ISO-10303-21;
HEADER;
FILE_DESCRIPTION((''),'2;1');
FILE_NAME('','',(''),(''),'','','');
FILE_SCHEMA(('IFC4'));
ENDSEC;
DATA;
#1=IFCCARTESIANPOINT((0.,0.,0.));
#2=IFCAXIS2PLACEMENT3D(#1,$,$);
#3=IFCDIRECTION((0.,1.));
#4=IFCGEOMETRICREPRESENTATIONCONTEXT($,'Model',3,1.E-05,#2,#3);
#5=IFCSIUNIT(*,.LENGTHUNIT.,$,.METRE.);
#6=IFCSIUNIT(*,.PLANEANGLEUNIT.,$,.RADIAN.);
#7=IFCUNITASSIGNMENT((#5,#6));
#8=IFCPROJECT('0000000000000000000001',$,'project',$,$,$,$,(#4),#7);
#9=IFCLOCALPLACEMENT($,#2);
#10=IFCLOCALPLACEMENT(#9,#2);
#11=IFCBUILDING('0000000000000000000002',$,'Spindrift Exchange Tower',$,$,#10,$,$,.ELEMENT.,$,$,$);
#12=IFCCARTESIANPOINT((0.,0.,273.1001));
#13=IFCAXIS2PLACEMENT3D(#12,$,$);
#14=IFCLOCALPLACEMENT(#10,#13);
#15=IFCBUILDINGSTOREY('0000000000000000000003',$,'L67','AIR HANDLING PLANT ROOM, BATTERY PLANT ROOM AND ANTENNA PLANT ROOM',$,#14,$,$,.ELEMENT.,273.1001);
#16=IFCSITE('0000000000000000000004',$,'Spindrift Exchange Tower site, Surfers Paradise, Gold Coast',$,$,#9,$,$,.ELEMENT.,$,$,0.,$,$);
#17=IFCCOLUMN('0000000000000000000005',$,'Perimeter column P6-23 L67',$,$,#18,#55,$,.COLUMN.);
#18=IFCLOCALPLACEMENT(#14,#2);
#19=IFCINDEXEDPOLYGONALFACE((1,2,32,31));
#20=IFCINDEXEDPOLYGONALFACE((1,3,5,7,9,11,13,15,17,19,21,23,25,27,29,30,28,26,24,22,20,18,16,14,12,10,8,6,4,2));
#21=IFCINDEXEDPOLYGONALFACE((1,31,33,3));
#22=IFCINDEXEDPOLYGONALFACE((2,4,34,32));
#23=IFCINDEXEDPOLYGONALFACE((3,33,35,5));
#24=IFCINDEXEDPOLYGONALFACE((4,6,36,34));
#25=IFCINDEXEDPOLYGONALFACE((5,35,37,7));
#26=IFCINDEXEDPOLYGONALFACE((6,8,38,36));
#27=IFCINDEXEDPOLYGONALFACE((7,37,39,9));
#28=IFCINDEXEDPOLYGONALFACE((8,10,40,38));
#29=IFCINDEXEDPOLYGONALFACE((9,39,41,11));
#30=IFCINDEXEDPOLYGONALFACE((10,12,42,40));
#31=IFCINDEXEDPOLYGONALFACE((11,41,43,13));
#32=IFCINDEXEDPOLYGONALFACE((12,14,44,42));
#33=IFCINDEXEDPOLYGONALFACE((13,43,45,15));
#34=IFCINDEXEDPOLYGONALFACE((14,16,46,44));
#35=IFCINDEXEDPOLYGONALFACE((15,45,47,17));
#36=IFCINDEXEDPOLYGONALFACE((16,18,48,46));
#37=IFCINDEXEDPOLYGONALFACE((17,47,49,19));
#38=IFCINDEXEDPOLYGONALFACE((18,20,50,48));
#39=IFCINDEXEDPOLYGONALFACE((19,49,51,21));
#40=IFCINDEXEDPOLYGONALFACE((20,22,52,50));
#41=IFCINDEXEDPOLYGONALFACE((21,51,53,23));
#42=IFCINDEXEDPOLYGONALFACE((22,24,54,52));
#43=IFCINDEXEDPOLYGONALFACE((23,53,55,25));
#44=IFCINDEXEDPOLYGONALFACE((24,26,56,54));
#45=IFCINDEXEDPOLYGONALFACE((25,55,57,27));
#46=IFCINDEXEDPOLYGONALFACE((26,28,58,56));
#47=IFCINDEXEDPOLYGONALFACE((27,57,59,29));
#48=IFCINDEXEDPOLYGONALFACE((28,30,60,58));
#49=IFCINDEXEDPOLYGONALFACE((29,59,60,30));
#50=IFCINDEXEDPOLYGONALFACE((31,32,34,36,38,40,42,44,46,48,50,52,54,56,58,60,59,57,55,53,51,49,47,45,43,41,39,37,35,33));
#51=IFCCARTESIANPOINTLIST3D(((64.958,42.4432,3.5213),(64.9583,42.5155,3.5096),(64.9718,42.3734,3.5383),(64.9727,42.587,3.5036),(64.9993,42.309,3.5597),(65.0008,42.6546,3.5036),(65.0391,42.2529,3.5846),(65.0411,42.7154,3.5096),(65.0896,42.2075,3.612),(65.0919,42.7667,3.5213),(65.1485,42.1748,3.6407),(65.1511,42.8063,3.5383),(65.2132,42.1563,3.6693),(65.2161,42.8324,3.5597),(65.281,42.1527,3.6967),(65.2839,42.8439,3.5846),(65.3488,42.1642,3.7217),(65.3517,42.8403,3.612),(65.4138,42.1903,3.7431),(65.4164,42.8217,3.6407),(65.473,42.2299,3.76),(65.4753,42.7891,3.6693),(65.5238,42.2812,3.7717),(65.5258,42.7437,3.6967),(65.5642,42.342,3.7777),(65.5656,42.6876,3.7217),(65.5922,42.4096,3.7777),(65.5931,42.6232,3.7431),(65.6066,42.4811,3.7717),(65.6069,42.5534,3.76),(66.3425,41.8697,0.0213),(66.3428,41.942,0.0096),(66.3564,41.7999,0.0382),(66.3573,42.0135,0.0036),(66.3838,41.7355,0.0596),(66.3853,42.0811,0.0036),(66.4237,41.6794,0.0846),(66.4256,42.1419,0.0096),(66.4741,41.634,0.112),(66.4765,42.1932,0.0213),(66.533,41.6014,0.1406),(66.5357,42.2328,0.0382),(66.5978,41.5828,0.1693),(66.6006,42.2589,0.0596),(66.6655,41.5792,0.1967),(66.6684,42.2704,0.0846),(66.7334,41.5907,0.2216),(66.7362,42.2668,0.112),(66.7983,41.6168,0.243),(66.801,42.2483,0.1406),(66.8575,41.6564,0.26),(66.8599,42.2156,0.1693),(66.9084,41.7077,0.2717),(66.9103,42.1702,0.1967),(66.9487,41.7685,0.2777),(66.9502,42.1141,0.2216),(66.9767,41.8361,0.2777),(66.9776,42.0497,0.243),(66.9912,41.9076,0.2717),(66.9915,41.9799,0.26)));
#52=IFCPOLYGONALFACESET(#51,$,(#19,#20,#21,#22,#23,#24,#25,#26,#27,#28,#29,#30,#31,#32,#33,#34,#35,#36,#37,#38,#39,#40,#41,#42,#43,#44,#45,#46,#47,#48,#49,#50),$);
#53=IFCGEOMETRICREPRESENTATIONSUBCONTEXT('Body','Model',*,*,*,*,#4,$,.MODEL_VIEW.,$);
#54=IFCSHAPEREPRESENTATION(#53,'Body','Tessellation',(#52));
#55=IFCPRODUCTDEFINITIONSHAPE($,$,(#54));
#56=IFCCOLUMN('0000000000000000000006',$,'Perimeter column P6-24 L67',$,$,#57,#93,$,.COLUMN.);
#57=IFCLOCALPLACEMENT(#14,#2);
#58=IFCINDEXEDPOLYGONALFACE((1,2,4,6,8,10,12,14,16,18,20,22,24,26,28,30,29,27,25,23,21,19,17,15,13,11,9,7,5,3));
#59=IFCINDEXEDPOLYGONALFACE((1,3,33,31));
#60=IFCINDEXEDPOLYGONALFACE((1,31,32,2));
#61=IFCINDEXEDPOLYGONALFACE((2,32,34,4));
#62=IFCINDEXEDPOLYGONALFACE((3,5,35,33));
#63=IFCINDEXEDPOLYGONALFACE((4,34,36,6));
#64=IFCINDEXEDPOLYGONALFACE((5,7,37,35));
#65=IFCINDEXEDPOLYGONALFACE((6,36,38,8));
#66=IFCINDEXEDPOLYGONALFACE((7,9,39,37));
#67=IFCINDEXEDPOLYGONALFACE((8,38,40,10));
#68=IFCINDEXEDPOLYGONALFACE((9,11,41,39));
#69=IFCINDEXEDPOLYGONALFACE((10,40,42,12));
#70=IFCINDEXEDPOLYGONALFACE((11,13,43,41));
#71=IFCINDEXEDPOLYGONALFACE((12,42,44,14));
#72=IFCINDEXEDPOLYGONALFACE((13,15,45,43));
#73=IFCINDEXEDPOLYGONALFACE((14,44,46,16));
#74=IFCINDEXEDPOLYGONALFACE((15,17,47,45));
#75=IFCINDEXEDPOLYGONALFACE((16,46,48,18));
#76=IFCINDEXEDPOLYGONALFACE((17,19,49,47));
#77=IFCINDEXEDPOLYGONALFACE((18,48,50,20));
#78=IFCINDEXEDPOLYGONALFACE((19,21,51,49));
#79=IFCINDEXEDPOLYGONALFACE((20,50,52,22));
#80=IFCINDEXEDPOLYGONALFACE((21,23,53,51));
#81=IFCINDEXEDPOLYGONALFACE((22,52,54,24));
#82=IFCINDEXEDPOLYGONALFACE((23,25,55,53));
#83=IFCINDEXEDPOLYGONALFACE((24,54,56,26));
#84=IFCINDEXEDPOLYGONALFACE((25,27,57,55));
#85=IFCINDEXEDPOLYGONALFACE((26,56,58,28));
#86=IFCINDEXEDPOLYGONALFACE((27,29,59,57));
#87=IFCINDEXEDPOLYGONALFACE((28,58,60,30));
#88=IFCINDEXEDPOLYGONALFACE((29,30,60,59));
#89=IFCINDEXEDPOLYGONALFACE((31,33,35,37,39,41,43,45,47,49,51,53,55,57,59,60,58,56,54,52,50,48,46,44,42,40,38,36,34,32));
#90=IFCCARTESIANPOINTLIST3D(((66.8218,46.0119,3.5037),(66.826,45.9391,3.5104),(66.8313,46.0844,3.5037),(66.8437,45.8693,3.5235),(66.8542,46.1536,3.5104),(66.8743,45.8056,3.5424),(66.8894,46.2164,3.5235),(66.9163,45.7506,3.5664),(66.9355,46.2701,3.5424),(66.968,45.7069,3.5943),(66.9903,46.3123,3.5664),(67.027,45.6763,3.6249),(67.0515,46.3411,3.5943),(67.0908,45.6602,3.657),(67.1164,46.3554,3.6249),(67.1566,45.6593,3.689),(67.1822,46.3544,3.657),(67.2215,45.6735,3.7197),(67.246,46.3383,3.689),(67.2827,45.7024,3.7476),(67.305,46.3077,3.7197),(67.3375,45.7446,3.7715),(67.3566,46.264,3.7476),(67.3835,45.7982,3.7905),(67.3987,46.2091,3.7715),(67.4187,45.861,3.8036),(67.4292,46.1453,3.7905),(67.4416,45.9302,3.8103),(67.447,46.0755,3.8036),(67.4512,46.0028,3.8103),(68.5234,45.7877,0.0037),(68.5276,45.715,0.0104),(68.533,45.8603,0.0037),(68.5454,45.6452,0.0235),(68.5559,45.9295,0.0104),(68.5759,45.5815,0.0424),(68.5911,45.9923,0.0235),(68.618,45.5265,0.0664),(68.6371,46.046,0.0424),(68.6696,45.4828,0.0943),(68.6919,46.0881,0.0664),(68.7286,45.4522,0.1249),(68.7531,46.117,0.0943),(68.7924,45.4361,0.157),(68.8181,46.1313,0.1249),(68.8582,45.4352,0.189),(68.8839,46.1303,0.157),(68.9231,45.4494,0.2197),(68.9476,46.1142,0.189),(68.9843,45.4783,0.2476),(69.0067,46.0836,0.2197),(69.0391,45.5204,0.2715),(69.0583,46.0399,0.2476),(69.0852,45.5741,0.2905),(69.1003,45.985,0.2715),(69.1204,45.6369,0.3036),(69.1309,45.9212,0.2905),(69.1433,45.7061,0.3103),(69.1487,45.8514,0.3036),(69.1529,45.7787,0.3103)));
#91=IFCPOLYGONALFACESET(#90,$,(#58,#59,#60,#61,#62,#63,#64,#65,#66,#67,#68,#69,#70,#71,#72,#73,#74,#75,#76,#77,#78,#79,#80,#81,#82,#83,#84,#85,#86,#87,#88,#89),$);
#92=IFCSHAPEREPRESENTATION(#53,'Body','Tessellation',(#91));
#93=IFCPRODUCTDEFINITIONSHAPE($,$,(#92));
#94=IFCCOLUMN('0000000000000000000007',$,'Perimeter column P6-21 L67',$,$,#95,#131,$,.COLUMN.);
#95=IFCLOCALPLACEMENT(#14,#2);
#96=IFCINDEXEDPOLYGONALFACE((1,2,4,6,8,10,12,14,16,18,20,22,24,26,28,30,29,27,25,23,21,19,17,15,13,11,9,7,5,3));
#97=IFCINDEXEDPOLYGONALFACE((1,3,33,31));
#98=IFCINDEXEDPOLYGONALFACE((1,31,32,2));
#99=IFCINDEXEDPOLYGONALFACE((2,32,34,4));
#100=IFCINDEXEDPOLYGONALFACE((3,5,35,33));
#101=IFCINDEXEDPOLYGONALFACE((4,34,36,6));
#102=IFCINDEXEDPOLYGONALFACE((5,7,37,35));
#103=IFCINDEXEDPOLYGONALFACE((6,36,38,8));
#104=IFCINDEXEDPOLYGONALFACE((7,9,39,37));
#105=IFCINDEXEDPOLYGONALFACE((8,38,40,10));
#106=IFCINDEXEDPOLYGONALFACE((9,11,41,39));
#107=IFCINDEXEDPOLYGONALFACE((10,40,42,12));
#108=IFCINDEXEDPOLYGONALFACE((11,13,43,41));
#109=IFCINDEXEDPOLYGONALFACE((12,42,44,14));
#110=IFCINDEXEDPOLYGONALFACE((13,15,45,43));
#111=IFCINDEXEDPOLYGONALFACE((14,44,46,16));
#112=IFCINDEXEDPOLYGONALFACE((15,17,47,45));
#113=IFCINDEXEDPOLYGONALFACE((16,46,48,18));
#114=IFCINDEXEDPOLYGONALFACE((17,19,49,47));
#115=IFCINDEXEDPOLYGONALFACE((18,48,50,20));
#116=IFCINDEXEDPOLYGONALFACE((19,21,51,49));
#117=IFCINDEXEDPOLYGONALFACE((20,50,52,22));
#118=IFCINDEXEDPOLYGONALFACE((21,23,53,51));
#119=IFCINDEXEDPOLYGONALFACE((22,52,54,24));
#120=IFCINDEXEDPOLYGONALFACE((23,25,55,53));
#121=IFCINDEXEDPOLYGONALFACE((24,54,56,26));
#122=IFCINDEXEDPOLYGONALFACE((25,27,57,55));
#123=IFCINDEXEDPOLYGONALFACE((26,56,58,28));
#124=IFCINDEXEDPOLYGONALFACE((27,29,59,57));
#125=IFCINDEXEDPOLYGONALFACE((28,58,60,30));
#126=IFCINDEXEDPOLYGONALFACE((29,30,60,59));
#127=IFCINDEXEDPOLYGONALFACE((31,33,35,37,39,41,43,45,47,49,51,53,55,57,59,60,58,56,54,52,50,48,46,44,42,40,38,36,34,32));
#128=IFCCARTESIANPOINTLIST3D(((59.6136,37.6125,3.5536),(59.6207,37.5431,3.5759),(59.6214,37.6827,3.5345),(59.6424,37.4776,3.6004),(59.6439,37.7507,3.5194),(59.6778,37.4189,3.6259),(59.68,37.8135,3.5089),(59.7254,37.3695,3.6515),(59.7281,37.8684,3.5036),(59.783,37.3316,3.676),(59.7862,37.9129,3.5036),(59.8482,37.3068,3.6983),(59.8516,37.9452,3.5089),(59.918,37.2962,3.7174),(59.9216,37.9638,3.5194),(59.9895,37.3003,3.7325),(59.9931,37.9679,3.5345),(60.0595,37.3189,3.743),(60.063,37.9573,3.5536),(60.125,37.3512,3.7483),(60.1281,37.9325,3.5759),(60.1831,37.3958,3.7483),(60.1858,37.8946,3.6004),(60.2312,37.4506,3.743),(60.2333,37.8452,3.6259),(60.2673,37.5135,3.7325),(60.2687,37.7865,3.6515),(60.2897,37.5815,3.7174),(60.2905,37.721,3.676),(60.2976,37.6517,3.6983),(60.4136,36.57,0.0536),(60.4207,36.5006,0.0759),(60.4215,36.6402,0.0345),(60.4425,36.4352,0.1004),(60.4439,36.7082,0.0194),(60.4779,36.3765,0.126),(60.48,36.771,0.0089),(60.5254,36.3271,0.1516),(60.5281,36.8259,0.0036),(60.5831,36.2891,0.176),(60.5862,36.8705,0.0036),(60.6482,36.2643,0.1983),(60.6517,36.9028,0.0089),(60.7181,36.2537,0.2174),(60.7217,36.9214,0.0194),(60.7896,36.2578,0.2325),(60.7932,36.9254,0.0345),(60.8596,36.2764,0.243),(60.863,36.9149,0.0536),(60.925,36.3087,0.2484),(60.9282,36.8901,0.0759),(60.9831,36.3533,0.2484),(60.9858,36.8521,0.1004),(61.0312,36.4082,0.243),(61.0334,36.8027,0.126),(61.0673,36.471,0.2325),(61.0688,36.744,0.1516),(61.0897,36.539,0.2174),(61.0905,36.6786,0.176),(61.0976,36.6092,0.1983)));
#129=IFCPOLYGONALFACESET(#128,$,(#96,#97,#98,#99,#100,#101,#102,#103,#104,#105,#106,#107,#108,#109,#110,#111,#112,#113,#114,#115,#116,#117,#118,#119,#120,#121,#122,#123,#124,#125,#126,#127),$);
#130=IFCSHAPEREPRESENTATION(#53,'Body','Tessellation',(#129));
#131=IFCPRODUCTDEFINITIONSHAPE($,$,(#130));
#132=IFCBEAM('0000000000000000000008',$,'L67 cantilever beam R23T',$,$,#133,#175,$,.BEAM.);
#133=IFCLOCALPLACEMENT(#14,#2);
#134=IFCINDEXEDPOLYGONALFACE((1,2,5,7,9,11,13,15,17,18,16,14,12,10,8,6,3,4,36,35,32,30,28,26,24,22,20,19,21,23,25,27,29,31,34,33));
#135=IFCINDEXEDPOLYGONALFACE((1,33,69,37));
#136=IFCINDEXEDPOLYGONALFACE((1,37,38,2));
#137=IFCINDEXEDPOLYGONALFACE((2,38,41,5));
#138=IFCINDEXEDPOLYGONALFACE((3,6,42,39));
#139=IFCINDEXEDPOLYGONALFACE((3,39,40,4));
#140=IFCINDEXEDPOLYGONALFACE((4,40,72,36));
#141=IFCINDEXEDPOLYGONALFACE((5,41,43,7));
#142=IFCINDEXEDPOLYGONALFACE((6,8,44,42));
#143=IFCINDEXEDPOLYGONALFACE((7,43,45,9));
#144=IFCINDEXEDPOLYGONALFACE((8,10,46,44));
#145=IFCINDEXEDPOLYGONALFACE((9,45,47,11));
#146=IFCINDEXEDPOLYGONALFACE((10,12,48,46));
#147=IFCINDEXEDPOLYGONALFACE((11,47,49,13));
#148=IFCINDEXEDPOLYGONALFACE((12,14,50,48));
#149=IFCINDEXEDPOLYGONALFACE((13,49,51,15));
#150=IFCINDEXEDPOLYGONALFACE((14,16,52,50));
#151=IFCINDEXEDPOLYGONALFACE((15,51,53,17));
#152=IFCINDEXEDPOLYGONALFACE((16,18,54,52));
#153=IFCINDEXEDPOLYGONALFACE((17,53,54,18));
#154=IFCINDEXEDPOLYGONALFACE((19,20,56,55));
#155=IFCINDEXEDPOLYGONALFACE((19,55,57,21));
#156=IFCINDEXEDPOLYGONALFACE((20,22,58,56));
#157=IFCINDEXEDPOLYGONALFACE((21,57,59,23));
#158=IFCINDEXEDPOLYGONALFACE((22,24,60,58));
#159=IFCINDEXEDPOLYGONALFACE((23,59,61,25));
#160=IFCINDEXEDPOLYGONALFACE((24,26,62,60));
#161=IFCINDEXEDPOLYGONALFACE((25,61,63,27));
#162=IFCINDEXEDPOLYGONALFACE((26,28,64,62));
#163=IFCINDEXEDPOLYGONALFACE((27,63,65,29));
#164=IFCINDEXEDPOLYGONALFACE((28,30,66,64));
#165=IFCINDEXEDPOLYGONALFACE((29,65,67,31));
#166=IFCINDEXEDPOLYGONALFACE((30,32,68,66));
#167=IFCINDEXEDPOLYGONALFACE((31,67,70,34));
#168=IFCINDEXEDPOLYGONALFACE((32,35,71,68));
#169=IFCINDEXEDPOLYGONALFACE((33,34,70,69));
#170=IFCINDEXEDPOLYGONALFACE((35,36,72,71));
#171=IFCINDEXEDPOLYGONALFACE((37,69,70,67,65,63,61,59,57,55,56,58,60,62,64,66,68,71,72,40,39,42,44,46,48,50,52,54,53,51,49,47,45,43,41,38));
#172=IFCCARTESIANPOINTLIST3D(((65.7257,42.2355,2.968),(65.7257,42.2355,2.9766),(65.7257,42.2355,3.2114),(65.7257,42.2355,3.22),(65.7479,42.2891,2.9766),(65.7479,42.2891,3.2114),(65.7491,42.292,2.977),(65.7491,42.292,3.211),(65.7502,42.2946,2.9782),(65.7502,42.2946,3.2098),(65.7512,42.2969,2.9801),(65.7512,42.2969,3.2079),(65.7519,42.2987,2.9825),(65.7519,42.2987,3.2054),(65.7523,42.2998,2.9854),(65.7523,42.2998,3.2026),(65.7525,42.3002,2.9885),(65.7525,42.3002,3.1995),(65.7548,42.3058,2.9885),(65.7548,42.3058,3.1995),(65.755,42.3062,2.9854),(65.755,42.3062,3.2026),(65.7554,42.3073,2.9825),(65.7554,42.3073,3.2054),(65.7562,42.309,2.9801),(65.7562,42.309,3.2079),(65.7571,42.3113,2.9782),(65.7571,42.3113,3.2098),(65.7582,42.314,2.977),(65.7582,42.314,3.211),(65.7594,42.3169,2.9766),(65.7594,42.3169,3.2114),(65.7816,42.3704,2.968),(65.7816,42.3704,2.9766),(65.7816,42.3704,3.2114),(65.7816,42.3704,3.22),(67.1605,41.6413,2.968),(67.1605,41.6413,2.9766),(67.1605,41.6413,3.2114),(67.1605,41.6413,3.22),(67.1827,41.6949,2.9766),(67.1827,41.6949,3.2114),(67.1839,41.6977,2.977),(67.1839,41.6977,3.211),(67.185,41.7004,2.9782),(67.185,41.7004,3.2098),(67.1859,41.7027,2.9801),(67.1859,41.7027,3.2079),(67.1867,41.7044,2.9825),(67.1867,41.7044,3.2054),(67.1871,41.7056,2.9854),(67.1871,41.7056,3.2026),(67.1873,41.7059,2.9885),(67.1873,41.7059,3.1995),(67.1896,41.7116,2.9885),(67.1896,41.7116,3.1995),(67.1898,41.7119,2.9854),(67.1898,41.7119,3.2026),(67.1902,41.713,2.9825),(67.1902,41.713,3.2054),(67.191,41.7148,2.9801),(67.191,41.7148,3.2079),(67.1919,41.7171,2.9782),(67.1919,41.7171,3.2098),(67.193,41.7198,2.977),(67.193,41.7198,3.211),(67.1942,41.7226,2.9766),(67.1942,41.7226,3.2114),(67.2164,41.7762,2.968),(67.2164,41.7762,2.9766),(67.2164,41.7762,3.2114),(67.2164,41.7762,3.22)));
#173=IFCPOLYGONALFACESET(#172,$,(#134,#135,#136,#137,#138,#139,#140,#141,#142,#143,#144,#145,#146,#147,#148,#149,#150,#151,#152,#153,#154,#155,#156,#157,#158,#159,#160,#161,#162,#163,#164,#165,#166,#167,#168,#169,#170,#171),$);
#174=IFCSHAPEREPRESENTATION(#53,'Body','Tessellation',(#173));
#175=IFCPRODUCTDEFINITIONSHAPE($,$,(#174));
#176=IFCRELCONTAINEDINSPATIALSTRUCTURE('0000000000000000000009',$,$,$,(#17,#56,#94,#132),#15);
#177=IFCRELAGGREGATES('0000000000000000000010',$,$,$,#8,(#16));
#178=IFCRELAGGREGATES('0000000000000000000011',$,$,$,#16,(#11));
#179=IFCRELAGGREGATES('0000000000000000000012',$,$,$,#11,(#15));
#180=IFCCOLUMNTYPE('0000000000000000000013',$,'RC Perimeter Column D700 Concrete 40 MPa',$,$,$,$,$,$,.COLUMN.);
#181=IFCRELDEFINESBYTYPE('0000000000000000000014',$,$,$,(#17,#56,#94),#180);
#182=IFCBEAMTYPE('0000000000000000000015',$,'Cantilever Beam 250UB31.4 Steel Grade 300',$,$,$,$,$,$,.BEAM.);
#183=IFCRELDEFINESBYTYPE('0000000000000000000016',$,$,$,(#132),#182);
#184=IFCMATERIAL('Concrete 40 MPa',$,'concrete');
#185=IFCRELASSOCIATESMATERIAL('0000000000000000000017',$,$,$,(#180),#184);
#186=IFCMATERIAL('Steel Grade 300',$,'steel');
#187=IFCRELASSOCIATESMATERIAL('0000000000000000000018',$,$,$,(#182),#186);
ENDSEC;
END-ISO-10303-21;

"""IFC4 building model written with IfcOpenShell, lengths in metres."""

from ifc_helpers import new_model, si_unit, direction, frame, origin, origin_2d, place, context, subcontext, project, spatial, circle, i_section, extrude, source, transform, mapped, material, material_profile, profile_set, type_object, element, save


model = new_model("IFC4")

# Units and contexts
model_context = context("Model", 3, precision=1e-05, world=origin(), true_north=direction((0.0, 1.0)))
body_context = subcontext(model_context, "Body", "Model", "MODEL_VIEW")
ifc_project = project(units=[si_unit("LENGTHUNIT", "METRE"), si_unit("PLANEANGLEUNIT", "RADIAN")], contexts=[model_context])

# Site, building, storey
site_placement = place(None, origin())
site = spatial("IfcSite", under=ifc_project, at=site_placement, Name="Spindrift Exchange Tower site, Surfers Paradise, Gold Coast", CompositionType="ELEMENT", RefElevation=0.0)
building_placement = place(site_placement, origin())
building = spatial("IfcBuilding", under=site, at=building_placement, Name="Spindrift Exchange Tower", CompositionType="ELEMENT")
storey_placement = place(building_placement, frame((0.0, 0.0, 273.1001)))
storey = spatial("IfcBuildingStorey", under=building, at=storey_placement, Name="L67", Description="AIR HANDLING PLANT ROOM, BATTERY PLANT ROOM AND ANTENNA PLANT ROOM", CompositionType="ELEMENT", Elevation=273.1001)

# Columns
ifc_material_1 = material(Name="Concrete 40 MPa", Category="concrete")
ifc_material_profile_1 = material_profile(ifc_material_1, circle(Radius=0.3501, at=origin_2d()), Name="RC D700")
ifc_profile_set_1 = profile_set([ifc_material_profile_1], Name="Concrete 40 MPa")
column_type = type_object("IfcColumnType", Name="RC Perimeter Column D700 Concrete 40 MPa", PredefinedType="COLUMN", material=ifc_profile_set_1)
shared_shape_1 = source(origin(), body_context, "Body", "SweptSolid", [
    extrude(circle(Radius=0.3501, at=origin_2d()), origin(), (0.0, 0.0, 1.0), 3.8074),
])
column_1_placement = place(storey_placement, frame((66.667, 41.9248, 0.1406), z_axis=(-0.363646, 0.150627, 0.919279), x_axis=(-0.382683, -0.92388, 0.0)))
element("IfcColumn", 1, at=column_1_placement, inside=storey, type_object=column_type, Name="Perimeter column P6-23 L67", PredefinedType="COLUMN", context=body_context, shape_type="MappedRepresentation", body=[
    mapped(shared_shape_1, transform((0.0, 0.0, 0.0), scale=1.0)),
])
shared_shape_2 = source(origin(), body_context, "Body", "SweptSolid", [
    extrude(circle(Radius=0.3501, at=origin_2d()), origin(), (0.0, 0.0, 1.0), 3.8982),
])
column_2_placement = place(storey_placement, frame((68.8381, 45.7832, 0.157), z_axis=(-0.436526, 0.057494, 0.897853), x_axis=(-0.13058, -0.991438, 0.0)))
element("IfcColumn", 2, at=column_2_placement, inside=storey, type_object=column_type, Name="Perimeter column P6-24 L67", PredefinedType="COLUMN", context=body_context, shape_type="MappedRepresentation", body=[
    mapped(shared_shape_2, transform((0.0, 0.0, 0.0), scale=1.0)),
])
shared_shape_3 = source(origin(), body_context, "Body", "SweptSolid", [
    extrude(circle(Radius=0.3501, at=origin_2d()), origin(), (0.0, 0.0, 1.0), 3.7385),
])
column_3_placement = place(storey_placement, frame((60.7556, 36.5896, 0.126), z_axis=(-0.213999, 0.278845, 0.936189), x_axis=(-0.793307, -0.608822, 0.0)))
element("IfcColumn", 3, at=column_3_placement, inside=storey, type_object=column_type, Name="Perimeter column P6-21 L67", PredefinedType="COLUMN", context=body_context, shape_type="MappedRepresentation", body=[
    mapped(shared_shape_3, transform((0.0, 0.0, 0.0), scale=1.0)),
])

# Beam
ifc_material_2 = material(Name="Steel Grade 300", Category="steel")
ifc_material_profile_2 = material_profile(ifc_material_2, i_section(OverallWidth=0.146, OverallDepth=0.252, WebThickness=0.0061, FlangeThickness=0.0085, FilletRadius=0.012, at=origin_2d()), Name="250UB31.4")
ifc_profile_set_2 = profile_set([ifc_material_profile_2], Name="Steel Grade 300")
beam_type_1 = type_object("IfcBeamType", Name="Cantilever Beam 250UB31.4 Steel Grade 300", PredefinedType="BEAM", material=ifc_profile_set_2)
shared_shape_4 = source(origin(), body_context, "Body", "SweptSolid", [
    extrude(i_section(OverallWidth=0.146, OverallDepth=0.252, WebThickness=0.0061, FlangeThickness=0.0085, FilletRadius=0.012, at=origin_2d()), origin(), (0.0, 0.0, 1.0), 1.553),
])
beam_1_placement = place(storey_placement, frame((65.7537, 42.303, 3.094), z_axis=(0.923898, -0.382639, 0.0), x_axis=(0.382639, 0.923898, 0.0)))
element("IfcBeam", 4, at=beam_1_placement, inside=storey, type_object=beam_type_1, Name="L67 cantilever beam R23T", PredefinedType="BEAM", context=body_context, shape_type="MappedRepresentation", body=[
    mapped(shared_shape_4, transform((0.0, 0.0, 0.0), scale=1.0)),
])

save(model, "model.ifc")
